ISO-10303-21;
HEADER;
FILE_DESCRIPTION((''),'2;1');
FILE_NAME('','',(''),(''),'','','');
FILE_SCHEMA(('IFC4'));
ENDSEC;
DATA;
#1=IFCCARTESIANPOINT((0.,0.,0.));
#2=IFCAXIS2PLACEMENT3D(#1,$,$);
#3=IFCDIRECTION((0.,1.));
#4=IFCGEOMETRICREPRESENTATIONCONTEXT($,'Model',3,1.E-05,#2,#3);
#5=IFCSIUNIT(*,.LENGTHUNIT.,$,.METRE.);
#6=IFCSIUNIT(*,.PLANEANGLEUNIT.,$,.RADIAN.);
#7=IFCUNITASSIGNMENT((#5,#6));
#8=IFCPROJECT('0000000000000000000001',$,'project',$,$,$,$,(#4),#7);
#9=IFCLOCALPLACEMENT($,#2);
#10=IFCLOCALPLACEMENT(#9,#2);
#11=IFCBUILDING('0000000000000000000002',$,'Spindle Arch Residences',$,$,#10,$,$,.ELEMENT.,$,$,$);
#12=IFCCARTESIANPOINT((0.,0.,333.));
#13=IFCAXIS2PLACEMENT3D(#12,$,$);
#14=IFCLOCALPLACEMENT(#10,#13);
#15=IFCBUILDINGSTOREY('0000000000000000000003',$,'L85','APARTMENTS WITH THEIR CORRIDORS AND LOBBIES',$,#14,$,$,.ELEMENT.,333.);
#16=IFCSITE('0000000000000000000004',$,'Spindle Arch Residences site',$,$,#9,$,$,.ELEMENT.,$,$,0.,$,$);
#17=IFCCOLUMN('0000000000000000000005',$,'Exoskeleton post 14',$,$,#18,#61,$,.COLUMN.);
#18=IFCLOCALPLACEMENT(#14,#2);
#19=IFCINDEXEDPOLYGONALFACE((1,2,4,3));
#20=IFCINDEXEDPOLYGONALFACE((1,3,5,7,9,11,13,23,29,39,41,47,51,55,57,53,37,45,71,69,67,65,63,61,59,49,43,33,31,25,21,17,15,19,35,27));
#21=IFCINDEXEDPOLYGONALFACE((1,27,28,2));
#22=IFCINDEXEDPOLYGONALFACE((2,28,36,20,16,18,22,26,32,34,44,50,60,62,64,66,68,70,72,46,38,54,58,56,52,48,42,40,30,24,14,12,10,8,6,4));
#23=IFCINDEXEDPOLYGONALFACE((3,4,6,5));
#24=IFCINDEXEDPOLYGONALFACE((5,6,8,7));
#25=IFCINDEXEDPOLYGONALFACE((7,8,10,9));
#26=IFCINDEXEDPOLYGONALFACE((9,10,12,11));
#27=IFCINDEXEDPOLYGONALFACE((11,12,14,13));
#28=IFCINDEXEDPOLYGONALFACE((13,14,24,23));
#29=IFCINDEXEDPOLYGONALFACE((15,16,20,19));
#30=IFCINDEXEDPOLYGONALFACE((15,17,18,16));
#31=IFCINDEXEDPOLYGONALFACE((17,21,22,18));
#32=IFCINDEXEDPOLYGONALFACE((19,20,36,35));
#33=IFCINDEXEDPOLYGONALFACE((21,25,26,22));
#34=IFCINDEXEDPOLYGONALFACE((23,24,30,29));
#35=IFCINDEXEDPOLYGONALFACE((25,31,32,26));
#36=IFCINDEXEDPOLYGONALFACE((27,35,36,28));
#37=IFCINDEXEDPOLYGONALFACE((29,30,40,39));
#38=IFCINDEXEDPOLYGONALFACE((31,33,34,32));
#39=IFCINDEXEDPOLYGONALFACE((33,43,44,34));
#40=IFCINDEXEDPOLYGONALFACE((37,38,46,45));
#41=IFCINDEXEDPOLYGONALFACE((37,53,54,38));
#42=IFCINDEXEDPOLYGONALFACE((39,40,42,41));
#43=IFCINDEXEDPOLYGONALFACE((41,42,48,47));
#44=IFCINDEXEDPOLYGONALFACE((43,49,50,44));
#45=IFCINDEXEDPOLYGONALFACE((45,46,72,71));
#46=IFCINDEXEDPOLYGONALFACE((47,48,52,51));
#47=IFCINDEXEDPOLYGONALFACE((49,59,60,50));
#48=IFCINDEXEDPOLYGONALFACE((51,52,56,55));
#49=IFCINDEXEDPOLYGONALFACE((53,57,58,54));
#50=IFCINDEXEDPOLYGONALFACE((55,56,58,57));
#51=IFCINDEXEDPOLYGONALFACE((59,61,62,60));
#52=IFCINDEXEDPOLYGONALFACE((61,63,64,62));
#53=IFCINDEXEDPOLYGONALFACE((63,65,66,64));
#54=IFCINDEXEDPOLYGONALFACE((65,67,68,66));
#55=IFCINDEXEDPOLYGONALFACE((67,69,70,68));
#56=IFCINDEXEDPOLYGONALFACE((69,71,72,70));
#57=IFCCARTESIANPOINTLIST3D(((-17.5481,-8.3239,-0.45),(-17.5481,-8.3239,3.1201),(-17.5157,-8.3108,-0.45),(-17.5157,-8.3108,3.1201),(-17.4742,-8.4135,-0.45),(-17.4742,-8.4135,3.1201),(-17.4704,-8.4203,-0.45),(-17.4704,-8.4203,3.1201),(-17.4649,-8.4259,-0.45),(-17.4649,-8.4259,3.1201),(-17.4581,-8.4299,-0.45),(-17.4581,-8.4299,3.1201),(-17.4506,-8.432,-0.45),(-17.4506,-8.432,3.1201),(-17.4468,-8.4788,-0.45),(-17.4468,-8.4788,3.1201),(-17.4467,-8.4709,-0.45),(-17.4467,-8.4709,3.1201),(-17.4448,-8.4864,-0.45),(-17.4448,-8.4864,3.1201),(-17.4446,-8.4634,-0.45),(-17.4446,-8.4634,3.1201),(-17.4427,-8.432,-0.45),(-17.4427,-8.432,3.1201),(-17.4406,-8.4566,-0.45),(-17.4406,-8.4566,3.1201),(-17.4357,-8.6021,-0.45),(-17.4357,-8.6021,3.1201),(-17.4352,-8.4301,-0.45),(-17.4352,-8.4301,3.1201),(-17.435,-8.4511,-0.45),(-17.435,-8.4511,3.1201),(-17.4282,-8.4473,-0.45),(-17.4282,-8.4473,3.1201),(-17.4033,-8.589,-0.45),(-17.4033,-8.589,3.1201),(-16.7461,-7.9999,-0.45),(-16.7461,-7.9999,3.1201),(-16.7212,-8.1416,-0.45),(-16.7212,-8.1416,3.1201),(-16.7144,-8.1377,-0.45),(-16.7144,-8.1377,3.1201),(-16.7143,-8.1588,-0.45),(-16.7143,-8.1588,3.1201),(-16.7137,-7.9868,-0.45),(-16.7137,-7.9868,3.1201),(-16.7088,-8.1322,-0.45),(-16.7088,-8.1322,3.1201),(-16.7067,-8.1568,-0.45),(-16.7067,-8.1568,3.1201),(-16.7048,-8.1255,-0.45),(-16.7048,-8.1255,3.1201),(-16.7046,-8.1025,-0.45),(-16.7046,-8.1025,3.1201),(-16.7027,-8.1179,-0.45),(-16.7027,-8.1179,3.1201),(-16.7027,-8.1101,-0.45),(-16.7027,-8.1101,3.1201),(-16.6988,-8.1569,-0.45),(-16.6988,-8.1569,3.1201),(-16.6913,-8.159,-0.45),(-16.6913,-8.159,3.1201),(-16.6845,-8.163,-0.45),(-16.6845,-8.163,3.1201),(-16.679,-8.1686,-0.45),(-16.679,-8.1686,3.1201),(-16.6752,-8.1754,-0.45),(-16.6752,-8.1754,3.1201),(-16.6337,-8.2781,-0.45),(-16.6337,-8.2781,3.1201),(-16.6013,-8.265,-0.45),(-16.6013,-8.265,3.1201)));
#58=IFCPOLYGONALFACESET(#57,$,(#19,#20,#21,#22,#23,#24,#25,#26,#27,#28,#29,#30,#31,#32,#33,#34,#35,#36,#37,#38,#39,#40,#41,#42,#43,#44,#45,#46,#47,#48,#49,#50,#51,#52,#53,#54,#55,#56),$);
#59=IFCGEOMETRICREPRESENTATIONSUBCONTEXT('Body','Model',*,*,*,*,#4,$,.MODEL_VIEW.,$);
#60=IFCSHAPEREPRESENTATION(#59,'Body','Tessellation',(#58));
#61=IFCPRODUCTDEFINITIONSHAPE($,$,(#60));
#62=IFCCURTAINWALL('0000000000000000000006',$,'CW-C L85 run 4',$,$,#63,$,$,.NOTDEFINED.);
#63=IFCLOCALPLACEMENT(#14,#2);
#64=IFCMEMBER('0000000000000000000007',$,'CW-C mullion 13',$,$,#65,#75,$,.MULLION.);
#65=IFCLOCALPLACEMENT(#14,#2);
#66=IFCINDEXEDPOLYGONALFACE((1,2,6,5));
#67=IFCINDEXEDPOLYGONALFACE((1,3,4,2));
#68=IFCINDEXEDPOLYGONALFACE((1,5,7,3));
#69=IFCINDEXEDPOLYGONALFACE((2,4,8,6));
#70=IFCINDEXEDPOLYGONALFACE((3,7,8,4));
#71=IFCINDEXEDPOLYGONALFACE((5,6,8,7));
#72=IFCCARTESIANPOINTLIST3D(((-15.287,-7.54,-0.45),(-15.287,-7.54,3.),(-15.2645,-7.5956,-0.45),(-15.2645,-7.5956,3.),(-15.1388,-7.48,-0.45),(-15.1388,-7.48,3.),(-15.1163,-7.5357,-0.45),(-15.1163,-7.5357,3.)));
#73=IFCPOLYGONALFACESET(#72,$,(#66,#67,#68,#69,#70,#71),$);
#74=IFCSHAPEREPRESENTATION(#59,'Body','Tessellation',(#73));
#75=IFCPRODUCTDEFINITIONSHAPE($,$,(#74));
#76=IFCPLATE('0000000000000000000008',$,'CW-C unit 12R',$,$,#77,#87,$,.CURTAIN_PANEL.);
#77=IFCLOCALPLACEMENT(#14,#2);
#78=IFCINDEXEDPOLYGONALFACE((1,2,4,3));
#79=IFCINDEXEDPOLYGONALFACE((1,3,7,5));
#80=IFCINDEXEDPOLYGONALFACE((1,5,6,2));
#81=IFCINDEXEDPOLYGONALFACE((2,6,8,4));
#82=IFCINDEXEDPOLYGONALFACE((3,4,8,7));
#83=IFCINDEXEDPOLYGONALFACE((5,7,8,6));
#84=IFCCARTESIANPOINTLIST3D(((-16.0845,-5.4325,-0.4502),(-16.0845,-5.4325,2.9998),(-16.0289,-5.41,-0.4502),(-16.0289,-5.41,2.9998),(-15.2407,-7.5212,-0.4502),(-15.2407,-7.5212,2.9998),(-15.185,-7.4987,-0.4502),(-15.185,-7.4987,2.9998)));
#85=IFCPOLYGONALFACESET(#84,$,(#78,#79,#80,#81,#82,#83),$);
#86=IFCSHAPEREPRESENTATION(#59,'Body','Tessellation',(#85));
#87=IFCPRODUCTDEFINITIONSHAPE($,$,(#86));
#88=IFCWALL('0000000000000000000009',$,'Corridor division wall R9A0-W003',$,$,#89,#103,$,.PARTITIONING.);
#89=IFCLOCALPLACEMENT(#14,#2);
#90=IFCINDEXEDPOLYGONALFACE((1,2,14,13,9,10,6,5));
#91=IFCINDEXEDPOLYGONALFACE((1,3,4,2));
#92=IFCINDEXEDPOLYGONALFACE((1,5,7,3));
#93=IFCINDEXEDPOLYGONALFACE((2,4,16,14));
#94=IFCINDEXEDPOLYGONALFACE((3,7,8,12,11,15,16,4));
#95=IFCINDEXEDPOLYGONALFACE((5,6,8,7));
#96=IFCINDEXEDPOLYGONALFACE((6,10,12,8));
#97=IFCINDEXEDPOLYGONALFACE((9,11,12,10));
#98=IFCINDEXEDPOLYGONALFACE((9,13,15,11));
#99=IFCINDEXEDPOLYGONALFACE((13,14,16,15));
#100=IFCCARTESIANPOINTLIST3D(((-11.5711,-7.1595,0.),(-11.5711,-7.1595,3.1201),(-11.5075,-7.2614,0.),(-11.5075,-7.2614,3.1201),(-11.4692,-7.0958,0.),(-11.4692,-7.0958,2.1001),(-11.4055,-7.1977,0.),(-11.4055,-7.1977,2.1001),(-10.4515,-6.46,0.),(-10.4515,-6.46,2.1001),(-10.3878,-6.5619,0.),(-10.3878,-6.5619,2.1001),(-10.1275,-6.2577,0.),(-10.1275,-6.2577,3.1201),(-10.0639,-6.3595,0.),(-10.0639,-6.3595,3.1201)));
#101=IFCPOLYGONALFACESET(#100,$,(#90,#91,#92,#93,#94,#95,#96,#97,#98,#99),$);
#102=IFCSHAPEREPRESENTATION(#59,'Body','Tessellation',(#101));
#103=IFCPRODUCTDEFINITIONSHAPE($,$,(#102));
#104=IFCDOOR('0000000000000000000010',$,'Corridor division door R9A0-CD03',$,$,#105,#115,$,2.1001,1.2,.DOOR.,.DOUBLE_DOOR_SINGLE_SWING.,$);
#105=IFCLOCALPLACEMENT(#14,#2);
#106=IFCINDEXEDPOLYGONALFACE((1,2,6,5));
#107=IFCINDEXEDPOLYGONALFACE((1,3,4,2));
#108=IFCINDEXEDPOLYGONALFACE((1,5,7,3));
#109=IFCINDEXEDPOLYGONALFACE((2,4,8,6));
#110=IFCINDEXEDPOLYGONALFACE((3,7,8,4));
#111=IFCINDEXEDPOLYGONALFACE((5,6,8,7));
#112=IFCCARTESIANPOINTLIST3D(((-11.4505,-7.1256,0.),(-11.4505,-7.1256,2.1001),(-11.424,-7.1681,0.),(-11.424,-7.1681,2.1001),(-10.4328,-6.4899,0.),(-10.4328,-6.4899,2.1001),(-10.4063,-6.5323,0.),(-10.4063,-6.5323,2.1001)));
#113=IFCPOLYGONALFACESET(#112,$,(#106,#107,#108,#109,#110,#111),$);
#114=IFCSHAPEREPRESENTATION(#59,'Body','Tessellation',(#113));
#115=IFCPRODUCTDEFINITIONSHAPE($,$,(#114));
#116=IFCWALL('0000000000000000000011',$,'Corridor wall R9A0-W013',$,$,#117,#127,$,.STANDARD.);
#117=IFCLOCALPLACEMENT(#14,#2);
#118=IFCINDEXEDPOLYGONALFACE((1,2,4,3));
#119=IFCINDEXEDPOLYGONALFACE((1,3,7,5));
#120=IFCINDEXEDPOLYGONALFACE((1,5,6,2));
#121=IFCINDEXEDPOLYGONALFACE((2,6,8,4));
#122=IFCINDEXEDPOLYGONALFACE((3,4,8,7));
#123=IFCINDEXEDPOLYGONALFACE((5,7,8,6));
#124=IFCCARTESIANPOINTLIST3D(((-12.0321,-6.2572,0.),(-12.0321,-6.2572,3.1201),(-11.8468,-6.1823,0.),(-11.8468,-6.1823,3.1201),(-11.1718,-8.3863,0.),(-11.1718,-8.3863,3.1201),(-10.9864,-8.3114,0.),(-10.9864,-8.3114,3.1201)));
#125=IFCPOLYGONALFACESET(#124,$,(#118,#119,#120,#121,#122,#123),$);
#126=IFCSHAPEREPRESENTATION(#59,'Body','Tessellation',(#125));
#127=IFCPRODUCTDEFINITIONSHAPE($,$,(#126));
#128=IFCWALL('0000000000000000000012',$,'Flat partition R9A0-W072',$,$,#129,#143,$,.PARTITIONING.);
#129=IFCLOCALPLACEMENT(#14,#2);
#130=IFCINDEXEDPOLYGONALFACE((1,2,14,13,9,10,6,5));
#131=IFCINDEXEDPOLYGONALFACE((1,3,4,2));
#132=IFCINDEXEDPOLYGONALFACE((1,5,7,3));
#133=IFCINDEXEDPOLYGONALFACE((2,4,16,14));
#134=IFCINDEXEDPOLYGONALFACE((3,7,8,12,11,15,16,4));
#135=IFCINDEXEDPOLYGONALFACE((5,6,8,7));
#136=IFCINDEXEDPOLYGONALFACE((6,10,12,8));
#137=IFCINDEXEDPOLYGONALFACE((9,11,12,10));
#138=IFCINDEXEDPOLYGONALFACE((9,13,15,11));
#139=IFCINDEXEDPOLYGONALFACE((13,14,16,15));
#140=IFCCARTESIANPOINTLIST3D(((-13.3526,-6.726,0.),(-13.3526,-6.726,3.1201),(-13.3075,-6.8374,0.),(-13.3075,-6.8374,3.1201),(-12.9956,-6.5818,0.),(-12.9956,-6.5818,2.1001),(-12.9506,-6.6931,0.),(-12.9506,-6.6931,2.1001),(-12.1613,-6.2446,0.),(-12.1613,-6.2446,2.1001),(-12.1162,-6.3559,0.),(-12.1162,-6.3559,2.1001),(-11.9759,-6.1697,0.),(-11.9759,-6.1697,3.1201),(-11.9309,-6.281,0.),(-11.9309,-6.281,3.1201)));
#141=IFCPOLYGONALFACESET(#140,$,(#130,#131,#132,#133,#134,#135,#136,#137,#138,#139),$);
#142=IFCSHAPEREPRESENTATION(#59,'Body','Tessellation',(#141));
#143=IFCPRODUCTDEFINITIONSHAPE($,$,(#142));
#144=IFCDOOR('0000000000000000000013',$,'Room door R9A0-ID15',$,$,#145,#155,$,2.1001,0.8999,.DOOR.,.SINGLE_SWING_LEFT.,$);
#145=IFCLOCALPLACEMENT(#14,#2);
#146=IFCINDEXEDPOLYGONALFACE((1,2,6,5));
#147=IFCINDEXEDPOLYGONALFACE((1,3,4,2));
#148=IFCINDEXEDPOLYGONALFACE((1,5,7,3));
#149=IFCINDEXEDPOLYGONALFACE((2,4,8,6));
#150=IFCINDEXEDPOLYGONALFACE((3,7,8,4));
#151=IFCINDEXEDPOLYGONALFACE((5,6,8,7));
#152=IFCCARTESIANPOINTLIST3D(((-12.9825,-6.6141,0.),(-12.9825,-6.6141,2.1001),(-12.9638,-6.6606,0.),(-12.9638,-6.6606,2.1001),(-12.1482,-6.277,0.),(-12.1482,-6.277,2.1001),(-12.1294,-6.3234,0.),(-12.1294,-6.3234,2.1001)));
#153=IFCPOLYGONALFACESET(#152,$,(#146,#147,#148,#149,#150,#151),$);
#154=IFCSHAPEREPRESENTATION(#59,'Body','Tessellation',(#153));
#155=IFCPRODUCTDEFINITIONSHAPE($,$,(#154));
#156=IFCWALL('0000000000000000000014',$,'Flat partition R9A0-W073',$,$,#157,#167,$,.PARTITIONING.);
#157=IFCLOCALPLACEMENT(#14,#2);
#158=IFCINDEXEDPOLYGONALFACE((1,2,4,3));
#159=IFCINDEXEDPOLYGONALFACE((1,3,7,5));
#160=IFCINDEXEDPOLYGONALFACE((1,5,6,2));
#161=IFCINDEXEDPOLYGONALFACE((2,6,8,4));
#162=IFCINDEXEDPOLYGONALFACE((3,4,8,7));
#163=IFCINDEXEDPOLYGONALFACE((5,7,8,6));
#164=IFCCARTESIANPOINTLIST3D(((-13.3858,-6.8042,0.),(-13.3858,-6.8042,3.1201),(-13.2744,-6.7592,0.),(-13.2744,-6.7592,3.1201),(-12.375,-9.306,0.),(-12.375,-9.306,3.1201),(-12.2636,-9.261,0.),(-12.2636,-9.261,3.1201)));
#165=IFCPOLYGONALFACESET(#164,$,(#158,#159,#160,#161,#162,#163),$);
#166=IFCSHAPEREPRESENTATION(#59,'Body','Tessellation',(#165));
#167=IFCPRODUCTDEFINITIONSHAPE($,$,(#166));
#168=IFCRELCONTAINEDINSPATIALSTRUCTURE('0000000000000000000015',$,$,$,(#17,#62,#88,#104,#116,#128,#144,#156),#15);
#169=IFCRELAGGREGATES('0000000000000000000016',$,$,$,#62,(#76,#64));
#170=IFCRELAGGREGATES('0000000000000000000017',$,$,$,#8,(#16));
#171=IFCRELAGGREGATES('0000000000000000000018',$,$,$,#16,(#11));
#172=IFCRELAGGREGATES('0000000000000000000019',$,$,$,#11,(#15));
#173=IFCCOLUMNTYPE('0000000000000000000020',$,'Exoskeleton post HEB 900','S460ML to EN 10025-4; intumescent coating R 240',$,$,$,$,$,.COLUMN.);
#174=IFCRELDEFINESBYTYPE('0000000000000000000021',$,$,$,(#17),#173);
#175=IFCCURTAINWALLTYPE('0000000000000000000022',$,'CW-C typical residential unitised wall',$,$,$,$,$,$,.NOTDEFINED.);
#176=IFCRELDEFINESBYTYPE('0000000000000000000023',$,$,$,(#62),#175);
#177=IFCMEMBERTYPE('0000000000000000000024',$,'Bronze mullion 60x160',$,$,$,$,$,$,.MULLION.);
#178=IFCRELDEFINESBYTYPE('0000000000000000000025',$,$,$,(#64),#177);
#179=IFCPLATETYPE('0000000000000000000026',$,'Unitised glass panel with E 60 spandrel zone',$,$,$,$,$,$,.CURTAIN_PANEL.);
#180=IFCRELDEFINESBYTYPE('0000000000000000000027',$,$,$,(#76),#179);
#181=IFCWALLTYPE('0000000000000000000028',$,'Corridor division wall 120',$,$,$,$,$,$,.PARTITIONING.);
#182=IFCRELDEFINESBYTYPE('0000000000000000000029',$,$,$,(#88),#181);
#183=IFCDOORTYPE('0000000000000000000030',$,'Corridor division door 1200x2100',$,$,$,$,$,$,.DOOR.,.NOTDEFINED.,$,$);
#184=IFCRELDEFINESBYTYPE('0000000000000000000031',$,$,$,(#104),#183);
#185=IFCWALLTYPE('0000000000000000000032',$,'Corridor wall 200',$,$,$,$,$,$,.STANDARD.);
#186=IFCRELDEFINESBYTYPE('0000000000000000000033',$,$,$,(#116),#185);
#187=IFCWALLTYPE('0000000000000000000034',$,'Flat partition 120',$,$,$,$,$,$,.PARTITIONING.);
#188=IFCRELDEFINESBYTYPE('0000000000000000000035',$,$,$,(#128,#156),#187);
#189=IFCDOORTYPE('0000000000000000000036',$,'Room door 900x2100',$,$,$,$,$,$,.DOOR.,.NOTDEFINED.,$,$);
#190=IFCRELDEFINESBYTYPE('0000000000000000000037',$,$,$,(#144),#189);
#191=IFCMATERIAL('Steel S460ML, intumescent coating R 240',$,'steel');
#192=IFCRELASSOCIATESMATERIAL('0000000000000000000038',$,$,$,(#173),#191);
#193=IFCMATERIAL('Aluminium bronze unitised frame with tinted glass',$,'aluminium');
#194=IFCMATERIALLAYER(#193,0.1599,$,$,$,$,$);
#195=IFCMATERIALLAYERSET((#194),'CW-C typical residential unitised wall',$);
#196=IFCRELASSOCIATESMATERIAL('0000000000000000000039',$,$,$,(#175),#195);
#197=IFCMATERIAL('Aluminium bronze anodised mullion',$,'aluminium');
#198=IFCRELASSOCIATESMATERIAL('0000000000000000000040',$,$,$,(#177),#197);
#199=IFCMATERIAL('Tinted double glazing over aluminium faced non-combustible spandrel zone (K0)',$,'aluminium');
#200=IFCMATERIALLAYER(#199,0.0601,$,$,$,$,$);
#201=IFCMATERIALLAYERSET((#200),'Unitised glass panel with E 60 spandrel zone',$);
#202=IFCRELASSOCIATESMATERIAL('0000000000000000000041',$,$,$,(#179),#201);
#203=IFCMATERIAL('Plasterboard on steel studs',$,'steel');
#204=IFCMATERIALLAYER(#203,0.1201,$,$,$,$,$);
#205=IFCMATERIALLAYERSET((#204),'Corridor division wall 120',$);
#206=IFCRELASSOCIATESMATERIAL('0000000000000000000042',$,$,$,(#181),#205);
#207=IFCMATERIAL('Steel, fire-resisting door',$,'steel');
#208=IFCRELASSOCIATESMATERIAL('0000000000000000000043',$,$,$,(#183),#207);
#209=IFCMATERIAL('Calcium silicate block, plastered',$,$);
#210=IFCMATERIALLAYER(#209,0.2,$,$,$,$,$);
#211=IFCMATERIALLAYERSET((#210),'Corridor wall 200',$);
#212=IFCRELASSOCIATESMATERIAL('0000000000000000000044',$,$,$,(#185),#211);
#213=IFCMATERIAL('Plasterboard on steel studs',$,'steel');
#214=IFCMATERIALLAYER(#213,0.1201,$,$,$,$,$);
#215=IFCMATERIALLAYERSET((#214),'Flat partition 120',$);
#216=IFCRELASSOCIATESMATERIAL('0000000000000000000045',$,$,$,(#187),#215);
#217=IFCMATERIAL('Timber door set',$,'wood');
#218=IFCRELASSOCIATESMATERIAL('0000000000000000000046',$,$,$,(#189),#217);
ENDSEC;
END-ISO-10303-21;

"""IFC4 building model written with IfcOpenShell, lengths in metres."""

from ifc_helpers import new_model, si_unit, direction, frame, frame_2d, origin, origin_2d, place, context, subcontext, project, spatial, rectangle, i_section, extrude, material, layer, layer_set, material_profile, profile_set, type_object, element, fill, aggregate, save


model = new_model("IFC4")

# Units and contexts
model_context = context("Model", 3, precision=1e-05, world=origin(), true_north=direction((0.0, 1.0)))
body_context = subcontext(model_context, "Body", "Model", "MODEL_VIEW")
ifc_project = project(units=[si_unit("LENGTHUNIT", "METRE"), si_unit("PLANEANGLEUNIT", "RADIAN")], contexts=[model_context])

# Site, building, storey
site_placement = place(None, origin())
site = spatial("IfcSite", under=ifc_project, at=site_placement, Name="Spindle Arch Residences site", CompositionType="ELEMENT", RefElevation=0.0)
building_placement = place(site_placement, origin())
building = spatial("IfcBuilding", under=site, at=building_placement, Name="Spindle Arch Residences", CompositionType="ELEMENT")
storey_placement = place(building_placement, frame((0.0, 0.0, 333.0)))
storey = spatial("IfcBuildingStorey", under=building, at=storey_placement, Name="L85", Description="APARTMENTS WITH THEIR CORRIDORS AND LOBBIES", CompositionType="ELEMENT", Elevation=333.0)

# Column
ifc_material_1 = material(Name="Steel S460ML, intumescent coating R 240", Category="steel")
ifc_material_profile_1 = material_profile(ifc_material_1, i_section(OverallWidth=0.3, OverallDepth=0.8999, WebThickness=0.0186, FlangeThickness=0.0349, FilletRadius=0.03, at=origin_2d()), Name="HEB 900")
ifc_profile_set_1 = profile_set([ifc_material_profile_1], Name="Steel S460ML, intumescent coating R 240")
column_type = type_object("IfcColumnType", Name="Exoskeleton post HEB 900", Description="S460ML to EN 10025-4; intumescent coating R 240", PredefinedType="COLUMN", material=ifc_profile_set_1)
column_placement = place(storey_placement, frame((-17.0747, -8.2944, -0.45), z_axis=(0.0, 0.0, 1.0), x_axis=(-0.374607, 0.927184, 0.0)))
element("IfcColumn", 1, at=column_placement, inside=storey, type_object=column_type, Name="Exoskeleton post 14", PredefinedType="COLUMN", context=body_context, shape_type="SweptSolid", body=[
    extrude(i_section(OverallWidth=0.3, OverallDepth=0.8999, WebThickness=0.0186, FlangeThickness=0.0349, FilletRadius=0.03, at=origin_2d()), origin(), (0.0, 0.0, 1.0), 3.5701),
])

# Curtain wall, member, plate
ifc_material_2 = material(Name="Aluminium bronze unitised frame with tinted glass", Category="aluminium")
ifc_layer_1 = layer(ifc_material_2, 0.1599)
ifc_layer_set_1 = layer_set([ifc_layer_1], Name="CW-C typical residential unitised wall")
curtain_wall_type = type_object("IfcCurtainWallType", Name="CW-C typical residential unitised wall", PredefinedType="NOTDEFINED", material=ifc_layer_set_1)
curtain_wall_placement = place(storey_placement, origin())
curtain_wall = element("IfcCurtainWall", 2, at=curtain_wall_placement, inside=storey, type_object=curtain_wall_type, Name="CW-C L85 run 4", PredefinedType="NOTDEFINED")
ifc_material_3 = material(Name="Aluminium bronze anodised mullion", Category="aluminium")
ifc_material_profile_2 = material_profile(ifc_material_3, rectangle(XDim=0.1599, YDim=0.0601, at=origin_2d()), Name="MU 60x160")
ifc_profile_set_2 = profile_set([ifc_material_profile_2], Name="Aluminium bronze anodised mullion")
member_type = type_object("IfcMemberType", Name="Bronze mullion 60x160", PredefinedType="MULLION", material=ifc_profile_set_2)
member_placement = place(storey_placement, frame((-15.2017, -7.5378, -0.45), z_axis=(0.0, 0.0, 1.0), x_axis=(0.927184, 0.374607, 0.0)))
member = element("IfcMember", 3, at=member_placement, type_object=member_type, Name="CW-C mullion 13", PredefinedType="MULLION", context=body_context, shape_type="SweptSolid", body=[
    extrude(rectangle(XDim=0.1599, YDim=0.0601, at=origin_2d()), origin(), (0.0, 0.0, 1.0), 3.45),
])
ifc_material_4 = material(Name="Tinted double glazing over aluminium faced non-combustible spandrel zone (K0)", Category="aluminium")
ifc_layer_2 = layer(ifc_material_4, 0.0601)
ifc_layer_set_2 = layer_set([ifc_layer_2], Name="Unitised glass panel with E 60 spandrel zone")
plate_type = type_object("IfcPlateType", Name="Unitised glass panel with E 60 spandrel zone", PredefinedType="CURTAIN_PANEL", material=ifc_layer_set_2)
plate_placement = place(storey_placement, frame((-15.6348, -6.4656, -0.4502), z_axis=(0.0, 0.0, 1.0), x_axis=(0.374607, -0.927184, 0.0)))
plate = element("IfcPlate", 4, at=plate_placement, type_object=plate_type, Name="CW-C unit 12R", PredefinedType="CURTAIN_PANEL", context=body_context, shape_type="SweptSolid", body=[
    extrude(rectangle(XDim=2.2527, YDim=0.0601, at=origin_2d()), origin(), (0.0, 0.0, 1.0), 3.45),
])
aggregate(curtain_wall, [plate, member])

# Wall, opening, door
ifc_material_5 = material(Name="Plasterboard on steel studs", Category="steel")
ifc_layer_3 = layer(ifc_material_5, 0.1201)
ifc_layer_set_3 = layer_set([ifc_layer_3], Name="Corridor division wall 120")
wall_type_1 = type_object("IfcWallType", Name="Corridor division wall 120", PredefinedType="PARTITIONING", material=ifc_layer_set_3)
wall_1_placement = place(storey_placement, frame((-11.5393, -7.2104, 0.0), z_axis=(0.0, 0.0, 1.0), x_axis=(0.848103, 0.529831, 0.0)))
wall_1 = element("IfcWall", 5, at=wall_1_placement, inside=storey, type_object=wall_type_1, Name="Corridor division wall R9A0-W003", PredefinedType="PARTITIONING", context=body_context, shape_type="SweptSolid", body=[
    extrude(rectangle(XDim=1.7021, YDim=0.1201, at=frame_2d((0.8511, 0.0))), origin(), (0.0, 0.0, 1.0), 3.1201),
])
opening_1_placement = place(wall_1_placement, frame((0.1201, 0.0, 0.0)))
opening_1 = element("IfcOpeningElement", 6, at=opening_1_placement, cuts=wall_1, PredefinedType="OPENING", context=body_context, shape_type="SweptSolid", body=[
    extrude(rectangle(XDim=1.2, YDim=2.1001, at=frame_2d((0.6001, 1.05))), frame((0.0, 0.0701, 0.0), z_axis=(0.0, -1.0, 0.0), x_axis=(1.0, 0.0, 0.0)), (0.0, 0.0, 1.0), 0.1401),
])
ifc_material_6 = material(Name="Steel, fire-resisting door", Category="steel")
door_type_1 = type_object("IfcDoorType", Name="Corridor division door 1200x2100", OperationType="NOTDEFINED", PredefinedType="DOOR", material=ifc_material_6)
door_1_placement = place(opening_1_placement, origin())
door_1 = element("IfcDoor", 7, at=door_1_placement, inside=storey, type_object=door_type_1, Name="Corridor division door R9A0-CD03", OperationType="DOUBLE_DOOR_SINGLE_SWING", OverallHeight=2.1001, OverallWidth=1.2, PredefinedType="DOOR", context=body_context, shape_type="SweptSolid", body=[
    extrude(rectangle(XDim=1.2, YDim=2.1001, at=frame_2d((0.6001, 1.05))), frame((0.0, 0.0249, 0.0), z_axis=(0.0, -1.0, 0.0), x_axis=(1.0, 0.0, 0.0)), (0.0, 0.0, 1.0), 0.05),
])
fill(opening_1, door_1)

# Wall
ifc_material_7 = material(Name="Calcium silicate block, plastered")
ifc_layer_4 = layer(ifc_material_7, 0.2)
ifc_layer_set_4 = layer_set([ifc_layer_4], Name="Corridor wall 200")
wall_type_2 = type_object("IfcWallType", Name="Corridor wall 200", PredefinedType="STANDARD", material=ifc_layer_set_4)
wall_2_placement = place(storey_placement, frame((-11.9395, -6.2197, 0.0), z_axis=(0.0, 0.0, 1.0), x_axis=(0.374651, -0.927166, 0.0)))
element("IfcWall", 8, at=wall_2_placement, inside=storey, type_object=wall_type_2, Name="Corridor wall R9A0-W013", PredefinedType="STANDARD", context=body_context, shape_type="SweptSolid", body=[
    extrude(rectangle(XDim=2.2964, YDim=0.2, at=frame_2d((1.1482, 0.0))), origin(), (0.0, 0.0, 1.0), 3.1201),
])

# Wall, opening, door
ifc_material_8 = material(Name="Plasterboard on steel studs", Category="steel")
ifc_layer_5 = layer(ifc_material_8, 0.1201)
ifc_layer_set_5 = layer_set([ifc_layer_5], Name="Flat partition 120")
wall_type_3 = type_object("IfcWallType", Name="Flat partition 120", PredefinedType="PARTITIONING", material=ifc_layer_set_5)
wall_3_placement = place(storey_placement, frame((-11.9534, -6.2253, 0.0), z_axis=(0.0, 0.0, 1.0), x_axis=(-0.927144, -0.374705, 0.0)))
wall_3 = element("IfcWall", 9, at=wall_3_placement, inside=storey, type_object=wall_type_3, Name="Flat partition R9A0-W072", PredefinedType="PARTITIONING", context=body_context, shape_type="SweptSolid", body=[
    extrude(rectangle(XDim=1.4849, YDim=0.1201, at=frame_2d((0.7424, 0.0))), origin(), (0.0, 0.0, 1.0), 3.1201),
])
opening_2_placement = place(wall_3_placement, frame((0.2, 0.0, 0.0)))
opening_2 = element("IfcOpeningElement", 10, at=opening_2_placement, cuts=wall_3, PredefinedType="OPENING", context=body_context, shape_type="SweptSolid", body=[
    extrude(rectangle(XDim=0.8999, YDim=2.1001, at=frame_2d((0.45, 1.05))), frame((0.0, 0.0701, 0.0), z_axis=(0.0, -1.0, 0.0), x_axis=(1.0, 0.0, 0.0)), (0.0, 0.0, 1.0), 0.1401),
])
ifc_material_9 = material(Name="Timber door set", Category="wood")
door_type_2 = type_object("IfcDoorType", Name="Room door 900x2100", OperationType="NOTDEFINED", PredefinedType="DOOR", material=ifc_material_9)
door_2_placement = place(opening_2_placement, origin())
door_2 = element("IfcDoor", 11, at=door_2_placement, inside=storey, type_object=door_type_2, Name="Room door R9A0-ID15", OperationType="SINGLE_SWING_LEFT", OverallHeight=2.1001, OverallWidth=0.8999, PredefinedType="DOOR", context=body_context, shape_type="SweptSolid", body=[
    extrude(rectangle(XDim=0.8999, YDim=2.1001, at=frame_2d((0.45, 1.05))), frame((0.0, 0.0249, 0.0), z_axis=(0.0, -1.0, 0.0), x_axis=(1.0, 0.0, 0.0)), (0.0, 0.0, 1.0), 0.05),
])
fill(opening_2, door_2)

# Wall
wall_4_placement = place(storey_placement, frame((-13.3301, -6.7817, 0.0), z_axis=(0.0, 0.0, 1.0), x_axis=(0.374602, -0.927186, 0.0)))
element("IfcWall", 12, at=wall_4_placement, inside=storey, type_object=wall_type_3, Name="Flat partition R9A0-W073", PredefinedType="PARTITIONING", context=body_context, shape_type="SweptSolid", body=[
    extrude(rectangle(XDim=2.6982, YDim=0.1201, at=frame_2d((1.3491, 0.0))), origin(), (0.0, 0.0, 1.0), 3.1201),
])

save(model, "model.ifc")
